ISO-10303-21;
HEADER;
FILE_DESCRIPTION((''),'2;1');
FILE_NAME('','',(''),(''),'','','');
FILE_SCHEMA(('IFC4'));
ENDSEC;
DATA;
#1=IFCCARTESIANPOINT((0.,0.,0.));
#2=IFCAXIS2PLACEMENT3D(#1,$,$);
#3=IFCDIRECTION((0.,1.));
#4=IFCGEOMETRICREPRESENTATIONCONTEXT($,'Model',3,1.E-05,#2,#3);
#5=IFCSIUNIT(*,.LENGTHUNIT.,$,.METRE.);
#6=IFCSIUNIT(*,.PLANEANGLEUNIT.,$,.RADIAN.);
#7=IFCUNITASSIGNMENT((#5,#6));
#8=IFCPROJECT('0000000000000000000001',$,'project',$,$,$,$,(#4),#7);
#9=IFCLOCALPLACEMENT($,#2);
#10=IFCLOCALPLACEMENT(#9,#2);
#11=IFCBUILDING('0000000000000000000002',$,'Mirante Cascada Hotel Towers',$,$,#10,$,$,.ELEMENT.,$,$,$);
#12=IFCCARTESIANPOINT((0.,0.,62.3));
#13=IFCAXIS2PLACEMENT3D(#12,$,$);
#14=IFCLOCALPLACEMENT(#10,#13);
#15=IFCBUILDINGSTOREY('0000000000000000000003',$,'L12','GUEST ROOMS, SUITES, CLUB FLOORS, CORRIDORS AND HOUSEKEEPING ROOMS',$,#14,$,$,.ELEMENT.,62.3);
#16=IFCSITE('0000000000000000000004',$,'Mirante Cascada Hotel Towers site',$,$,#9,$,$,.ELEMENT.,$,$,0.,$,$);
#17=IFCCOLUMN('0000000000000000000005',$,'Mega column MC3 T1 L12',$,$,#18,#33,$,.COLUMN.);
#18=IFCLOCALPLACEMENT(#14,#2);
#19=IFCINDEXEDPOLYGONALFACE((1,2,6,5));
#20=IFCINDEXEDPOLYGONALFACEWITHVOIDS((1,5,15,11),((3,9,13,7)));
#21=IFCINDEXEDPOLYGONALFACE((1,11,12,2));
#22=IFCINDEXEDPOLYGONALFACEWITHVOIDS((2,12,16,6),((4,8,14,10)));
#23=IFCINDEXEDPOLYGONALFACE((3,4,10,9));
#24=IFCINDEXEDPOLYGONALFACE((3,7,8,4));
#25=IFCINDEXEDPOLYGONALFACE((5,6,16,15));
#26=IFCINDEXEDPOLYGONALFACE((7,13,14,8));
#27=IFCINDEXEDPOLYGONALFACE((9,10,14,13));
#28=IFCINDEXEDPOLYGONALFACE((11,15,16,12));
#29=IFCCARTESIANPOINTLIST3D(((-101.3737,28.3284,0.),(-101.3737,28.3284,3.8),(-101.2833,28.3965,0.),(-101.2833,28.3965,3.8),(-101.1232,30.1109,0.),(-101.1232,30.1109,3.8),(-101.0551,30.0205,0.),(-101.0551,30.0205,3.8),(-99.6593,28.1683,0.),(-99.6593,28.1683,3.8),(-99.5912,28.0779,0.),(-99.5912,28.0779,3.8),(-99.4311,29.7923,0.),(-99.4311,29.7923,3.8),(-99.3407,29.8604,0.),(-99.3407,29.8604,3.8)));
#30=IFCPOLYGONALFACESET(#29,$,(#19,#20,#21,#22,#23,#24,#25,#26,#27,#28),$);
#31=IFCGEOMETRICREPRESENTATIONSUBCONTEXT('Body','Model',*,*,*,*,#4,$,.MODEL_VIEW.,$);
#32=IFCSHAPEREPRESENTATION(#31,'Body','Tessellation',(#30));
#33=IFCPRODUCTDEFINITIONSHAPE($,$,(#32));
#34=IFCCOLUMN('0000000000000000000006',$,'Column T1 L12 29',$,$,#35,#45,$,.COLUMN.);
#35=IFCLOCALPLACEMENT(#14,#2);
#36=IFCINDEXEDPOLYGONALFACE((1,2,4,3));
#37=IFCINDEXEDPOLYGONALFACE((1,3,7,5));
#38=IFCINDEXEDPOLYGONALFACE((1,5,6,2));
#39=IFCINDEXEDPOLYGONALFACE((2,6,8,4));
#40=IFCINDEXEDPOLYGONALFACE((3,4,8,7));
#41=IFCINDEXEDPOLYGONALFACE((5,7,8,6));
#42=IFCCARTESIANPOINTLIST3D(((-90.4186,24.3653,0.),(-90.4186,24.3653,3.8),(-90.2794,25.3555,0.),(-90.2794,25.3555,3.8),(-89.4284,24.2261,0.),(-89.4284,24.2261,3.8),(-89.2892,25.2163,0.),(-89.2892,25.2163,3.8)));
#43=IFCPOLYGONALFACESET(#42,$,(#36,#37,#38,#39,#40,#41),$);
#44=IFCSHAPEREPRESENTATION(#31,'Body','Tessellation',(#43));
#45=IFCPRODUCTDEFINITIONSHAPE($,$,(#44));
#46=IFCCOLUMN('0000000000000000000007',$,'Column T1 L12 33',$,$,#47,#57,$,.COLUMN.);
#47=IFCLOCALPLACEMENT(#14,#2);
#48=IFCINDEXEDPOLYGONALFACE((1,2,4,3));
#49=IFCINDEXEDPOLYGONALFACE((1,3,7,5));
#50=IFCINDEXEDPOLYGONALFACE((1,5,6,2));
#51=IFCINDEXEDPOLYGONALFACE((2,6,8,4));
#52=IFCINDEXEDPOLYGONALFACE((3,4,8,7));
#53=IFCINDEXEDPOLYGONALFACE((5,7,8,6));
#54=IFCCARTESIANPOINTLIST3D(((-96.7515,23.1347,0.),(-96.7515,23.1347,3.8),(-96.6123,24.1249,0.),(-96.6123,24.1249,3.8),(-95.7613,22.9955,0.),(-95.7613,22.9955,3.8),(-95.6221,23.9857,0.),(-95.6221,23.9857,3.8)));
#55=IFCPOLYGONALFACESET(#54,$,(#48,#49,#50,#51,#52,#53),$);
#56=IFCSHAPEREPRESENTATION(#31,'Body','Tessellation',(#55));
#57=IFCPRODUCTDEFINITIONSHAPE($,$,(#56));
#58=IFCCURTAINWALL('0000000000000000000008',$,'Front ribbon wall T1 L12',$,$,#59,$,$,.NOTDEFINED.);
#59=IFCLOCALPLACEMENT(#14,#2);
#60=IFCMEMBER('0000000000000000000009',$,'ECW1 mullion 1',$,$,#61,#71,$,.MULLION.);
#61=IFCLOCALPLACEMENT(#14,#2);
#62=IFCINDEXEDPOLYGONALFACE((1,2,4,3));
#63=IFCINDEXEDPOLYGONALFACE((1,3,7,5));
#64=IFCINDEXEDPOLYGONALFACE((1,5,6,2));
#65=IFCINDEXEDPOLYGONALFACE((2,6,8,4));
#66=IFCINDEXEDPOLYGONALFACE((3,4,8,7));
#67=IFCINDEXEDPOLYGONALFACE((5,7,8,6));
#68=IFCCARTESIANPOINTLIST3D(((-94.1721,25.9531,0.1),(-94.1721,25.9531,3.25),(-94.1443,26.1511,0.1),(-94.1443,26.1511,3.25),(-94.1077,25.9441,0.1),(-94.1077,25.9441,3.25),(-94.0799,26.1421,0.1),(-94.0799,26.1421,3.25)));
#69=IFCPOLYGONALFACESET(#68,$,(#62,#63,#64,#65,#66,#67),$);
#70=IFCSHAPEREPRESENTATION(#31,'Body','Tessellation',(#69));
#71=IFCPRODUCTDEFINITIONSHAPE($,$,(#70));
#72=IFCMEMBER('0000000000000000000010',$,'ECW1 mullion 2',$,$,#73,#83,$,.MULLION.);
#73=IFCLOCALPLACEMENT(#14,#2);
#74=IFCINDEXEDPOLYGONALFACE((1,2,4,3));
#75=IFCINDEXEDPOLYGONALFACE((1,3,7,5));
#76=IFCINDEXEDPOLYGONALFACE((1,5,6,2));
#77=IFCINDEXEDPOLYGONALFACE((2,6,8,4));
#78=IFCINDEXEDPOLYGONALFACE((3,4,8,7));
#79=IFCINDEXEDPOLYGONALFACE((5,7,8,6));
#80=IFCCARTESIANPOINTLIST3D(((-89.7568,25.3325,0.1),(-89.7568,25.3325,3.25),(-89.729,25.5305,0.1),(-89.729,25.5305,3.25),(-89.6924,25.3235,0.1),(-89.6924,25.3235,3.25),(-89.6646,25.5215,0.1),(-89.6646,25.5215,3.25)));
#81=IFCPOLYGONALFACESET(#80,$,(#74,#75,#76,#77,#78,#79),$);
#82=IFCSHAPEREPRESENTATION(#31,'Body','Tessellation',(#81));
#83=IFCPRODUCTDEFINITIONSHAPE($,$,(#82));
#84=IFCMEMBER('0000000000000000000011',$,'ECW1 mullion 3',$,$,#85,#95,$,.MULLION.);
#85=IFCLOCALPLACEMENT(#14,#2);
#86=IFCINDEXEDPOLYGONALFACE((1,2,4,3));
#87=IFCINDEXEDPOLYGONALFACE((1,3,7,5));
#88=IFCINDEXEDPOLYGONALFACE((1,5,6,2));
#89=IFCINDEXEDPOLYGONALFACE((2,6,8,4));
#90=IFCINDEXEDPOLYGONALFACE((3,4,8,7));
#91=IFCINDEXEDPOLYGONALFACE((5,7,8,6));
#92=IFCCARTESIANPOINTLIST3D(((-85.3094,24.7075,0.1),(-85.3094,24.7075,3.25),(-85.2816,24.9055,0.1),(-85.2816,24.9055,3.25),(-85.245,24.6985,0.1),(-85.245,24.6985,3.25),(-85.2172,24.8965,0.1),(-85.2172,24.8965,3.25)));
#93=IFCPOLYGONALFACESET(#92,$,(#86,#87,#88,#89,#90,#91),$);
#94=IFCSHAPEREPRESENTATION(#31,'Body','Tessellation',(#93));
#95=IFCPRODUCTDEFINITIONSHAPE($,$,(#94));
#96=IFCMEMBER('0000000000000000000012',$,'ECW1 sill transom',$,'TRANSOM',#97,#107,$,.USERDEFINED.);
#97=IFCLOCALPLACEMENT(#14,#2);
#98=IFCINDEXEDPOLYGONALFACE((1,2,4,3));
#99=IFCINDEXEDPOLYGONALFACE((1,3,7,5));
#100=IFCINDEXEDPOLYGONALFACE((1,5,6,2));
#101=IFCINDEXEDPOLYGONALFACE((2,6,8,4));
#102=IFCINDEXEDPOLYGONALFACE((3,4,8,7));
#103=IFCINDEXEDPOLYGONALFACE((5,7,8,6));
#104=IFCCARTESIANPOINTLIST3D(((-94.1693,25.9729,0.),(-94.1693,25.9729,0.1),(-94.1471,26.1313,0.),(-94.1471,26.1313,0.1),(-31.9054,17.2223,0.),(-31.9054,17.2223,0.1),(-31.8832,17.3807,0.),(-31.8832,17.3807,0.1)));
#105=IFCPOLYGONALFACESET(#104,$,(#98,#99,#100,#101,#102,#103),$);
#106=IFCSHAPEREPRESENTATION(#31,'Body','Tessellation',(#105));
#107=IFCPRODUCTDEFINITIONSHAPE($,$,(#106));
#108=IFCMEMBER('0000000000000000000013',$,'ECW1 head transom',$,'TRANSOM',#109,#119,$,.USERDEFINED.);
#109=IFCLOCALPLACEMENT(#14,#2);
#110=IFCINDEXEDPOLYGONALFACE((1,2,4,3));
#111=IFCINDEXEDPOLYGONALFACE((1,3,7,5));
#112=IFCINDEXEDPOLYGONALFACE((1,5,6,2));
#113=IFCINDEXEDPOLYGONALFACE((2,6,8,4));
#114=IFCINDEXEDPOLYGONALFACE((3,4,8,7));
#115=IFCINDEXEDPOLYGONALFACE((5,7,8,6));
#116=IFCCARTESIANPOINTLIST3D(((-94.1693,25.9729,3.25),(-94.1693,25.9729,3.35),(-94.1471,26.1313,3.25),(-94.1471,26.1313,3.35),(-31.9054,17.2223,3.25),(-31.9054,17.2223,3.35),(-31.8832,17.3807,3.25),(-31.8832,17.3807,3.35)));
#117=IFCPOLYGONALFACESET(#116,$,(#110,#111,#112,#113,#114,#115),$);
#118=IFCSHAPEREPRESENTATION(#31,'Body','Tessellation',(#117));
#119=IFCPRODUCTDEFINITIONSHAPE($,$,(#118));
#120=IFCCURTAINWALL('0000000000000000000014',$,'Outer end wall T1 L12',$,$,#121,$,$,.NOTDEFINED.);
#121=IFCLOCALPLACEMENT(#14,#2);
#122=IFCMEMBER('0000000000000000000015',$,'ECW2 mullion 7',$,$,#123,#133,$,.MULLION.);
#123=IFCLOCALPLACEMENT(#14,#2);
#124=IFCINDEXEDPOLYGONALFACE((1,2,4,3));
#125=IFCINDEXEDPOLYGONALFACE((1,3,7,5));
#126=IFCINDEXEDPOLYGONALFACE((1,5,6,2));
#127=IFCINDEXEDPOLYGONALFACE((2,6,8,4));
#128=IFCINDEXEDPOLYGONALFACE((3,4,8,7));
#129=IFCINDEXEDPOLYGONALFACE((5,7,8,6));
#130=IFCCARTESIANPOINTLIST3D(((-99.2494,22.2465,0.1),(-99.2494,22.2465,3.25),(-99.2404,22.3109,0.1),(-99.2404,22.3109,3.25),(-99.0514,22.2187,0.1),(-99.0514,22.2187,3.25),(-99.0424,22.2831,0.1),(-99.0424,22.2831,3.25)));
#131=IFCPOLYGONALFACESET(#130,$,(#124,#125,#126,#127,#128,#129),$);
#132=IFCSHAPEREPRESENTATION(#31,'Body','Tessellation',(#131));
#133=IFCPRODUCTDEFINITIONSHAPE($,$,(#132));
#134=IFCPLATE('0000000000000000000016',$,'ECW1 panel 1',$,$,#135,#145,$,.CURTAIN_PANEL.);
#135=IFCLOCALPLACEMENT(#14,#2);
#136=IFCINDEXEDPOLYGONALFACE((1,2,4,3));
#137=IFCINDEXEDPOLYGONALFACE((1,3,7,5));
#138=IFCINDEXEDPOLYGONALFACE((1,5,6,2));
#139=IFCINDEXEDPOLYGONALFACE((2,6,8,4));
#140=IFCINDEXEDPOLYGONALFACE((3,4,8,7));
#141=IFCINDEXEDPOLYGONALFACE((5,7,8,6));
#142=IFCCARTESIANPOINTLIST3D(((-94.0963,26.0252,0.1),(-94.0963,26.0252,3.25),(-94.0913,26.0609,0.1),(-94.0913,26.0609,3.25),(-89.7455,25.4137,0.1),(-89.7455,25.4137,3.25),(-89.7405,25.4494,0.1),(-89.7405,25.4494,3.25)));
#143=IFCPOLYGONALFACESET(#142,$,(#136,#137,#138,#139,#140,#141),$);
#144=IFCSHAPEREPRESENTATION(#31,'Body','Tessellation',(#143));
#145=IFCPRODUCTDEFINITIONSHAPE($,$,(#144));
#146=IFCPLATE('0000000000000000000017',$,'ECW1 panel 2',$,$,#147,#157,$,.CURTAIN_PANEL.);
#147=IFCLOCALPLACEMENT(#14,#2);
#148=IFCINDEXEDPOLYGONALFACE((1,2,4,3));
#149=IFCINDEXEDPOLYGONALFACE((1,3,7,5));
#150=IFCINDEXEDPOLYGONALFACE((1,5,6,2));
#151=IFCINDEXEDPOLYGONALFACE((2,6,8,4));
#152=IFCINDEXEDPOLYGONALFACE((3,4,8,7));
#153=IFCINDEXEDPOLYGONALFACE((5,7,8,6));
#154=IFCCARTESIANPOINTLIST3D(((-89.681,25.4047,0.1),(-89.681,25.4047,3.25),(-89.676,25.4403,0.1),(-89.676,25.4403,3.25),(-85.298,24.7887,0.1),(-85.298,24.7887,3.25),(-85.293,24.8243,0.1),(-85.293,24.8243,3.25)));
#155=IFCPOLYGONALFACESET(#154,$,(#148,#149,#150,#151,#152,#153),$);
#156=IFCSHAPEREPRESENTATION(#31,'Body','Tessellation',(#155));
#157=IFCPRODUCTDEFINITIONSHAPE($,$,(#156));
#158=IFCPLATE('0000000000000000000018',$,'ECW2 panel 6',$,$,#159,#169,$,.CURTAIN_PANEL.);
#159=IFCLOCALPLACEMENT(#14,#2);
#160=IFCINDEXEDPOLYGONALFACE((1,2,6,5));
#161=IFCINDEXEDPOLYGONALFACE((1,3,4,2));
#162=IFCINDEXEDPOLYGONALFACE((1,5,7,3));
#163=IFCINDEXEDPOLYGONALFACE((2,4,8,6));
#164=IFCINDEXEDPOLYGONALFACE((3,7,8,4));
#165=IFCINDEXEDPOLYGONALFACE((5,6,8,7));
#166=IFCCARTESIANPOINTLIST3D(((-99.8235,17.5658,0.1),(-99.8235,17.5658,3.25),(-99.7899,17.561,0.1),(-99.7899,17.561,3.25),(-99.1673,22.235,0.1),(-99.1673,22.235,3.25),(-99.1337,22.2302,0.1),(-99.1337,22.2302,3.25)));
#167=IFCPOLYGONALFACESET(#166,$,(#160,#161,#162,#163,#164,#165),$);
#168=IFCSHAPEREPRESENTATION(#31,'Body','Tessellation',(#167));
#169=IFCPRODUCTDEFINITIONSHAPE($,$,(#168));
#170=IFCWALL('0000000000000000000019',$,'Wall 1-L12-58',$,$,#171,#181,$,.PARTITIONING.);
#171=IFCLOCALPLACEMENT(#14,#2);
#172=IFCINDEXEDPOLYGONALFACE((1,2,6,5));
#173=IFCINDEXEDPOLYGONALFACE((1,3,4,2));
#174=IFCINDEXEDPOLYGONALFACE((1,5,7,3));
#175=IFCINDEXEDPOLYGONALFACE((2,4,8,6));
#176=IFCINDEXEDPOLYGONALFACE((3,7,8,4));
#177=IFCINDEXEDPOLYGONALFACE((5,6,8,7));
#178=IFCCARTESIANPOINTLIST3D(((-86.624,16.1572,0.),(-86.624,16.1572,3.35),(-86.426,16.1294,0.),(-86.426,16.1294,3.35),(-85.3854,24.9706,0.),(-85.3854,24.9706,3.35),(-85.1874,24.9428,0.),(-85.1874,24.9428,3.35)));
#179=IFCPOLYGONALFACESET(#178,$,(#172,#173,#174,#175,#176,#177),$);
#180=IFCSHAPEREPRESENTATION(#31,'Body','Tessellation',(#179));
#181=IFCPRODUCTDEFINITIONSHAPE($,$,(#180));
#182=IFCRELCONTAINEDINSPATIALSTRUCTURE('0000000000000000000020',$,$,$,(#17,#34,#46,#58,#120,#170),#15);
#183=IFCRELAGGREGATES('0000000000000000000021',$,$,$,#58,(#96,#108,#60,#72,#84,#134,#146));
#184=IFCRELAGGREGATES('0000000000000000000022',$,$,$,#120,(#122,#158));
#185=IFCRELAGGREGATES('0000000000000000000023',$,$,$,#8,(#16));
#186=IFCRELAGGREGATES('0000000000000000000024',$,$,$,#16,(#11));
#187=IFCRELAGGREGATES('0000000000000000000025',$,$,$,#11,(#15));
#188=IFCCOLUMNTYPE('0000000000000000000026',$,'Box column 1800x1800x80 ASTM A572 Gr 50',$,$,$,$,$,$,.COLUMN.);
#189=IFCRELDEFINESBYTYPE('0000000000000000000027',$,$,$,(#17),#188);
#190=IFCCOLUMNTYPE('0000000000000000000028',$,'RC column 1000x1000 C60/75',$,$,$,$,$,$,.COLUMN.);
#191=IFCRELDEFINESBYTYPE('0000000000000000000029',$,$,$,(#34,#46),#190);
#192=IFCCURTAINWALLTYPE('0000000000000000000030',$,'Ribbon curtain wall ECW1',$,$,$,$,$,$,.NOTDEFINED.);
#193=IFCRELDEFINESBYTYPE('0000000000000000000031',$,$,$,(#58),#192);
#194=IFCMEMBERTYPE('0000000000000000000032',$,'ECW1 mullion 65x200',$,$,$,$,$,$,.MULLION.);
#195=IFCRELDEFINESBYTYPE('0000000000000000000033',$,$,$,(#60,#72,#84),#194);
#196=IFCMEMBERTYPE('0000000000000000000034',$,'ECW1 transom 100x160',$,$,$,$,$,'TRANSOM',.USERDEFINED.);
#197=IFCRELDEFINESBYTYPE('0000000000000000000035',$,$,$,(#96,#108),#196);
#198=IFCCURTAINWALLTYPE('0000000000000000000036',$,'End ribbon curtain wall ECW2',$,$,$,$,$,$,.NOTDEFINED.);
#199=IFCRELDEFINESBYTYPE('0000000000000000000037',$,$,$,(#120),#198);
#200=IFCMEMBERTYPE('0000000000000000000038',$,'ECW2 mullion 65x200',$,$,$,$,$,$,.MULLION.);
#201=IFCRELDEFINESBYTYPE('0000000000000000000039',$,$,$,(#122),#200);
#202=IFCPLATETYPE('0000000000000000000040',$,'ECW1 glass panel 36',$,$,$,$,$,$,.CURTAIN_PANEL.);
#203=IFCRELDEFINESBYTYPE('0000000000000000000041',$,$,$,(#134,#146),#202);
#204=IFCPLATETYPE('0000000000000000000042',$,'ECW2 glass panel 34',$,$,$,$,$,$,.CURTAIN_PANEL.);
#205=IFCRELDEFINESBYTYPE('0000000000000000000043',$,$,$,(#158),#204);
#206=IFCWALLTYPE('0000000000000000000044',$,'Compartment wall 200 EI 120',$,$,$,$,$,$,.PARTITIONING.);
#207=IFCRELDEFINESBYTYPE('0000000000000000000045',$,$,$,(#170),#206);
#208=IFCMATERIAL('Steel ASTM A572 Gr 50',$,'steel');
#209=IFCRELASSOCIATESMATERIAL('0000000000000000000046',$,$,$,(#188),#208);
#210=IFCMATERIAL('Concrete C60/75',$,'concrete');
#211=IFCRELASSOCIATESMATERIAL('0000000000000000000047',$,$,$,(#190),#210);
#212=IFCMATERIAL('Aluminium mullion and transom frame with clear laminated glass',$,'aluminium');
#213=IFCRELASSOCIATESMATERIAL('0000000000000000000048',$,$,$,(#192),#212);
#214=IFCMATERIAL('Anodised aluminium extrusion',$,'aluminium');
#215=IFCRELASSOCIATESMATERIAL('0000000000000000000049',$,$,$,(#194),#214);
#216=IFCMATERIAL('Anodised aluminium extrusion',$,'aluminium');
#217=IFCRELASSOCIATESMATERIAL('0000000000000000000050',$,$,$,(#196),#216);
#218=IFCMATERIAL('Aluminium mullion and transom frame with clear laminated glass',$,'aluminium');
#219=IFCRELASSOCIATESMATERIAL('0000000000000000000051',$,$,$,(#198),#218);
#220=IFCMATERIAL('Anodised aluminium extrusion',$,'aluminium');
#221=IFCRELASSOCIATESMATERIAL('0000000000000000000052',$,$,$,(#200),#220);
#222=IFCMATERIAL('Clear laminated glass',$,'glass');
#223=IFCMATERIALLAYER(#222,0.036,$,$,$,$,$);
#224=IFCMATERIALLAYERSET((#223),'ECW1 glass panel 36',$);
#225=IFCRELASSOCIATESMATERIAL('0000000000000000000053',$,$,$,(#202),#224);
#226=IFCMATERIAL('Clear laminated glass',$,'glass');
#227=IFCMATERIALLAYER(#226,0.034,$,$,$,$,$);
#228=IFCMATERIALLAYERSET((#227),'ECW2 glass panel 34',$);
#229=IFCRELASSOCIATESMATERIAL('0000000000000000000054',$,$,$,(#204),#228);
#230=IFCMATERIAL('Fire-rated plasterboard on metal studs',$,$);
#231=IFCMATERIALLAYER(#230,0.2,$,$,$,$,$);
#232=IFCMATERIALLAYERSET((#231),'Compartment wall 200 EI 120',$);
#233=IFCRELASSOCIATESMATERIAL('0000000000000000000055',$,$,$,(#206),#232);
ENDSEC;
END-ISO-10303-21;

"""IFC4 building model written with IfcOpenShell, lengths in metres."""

from ifc_helpers import new_model, si_unit, direction, frame, frame_2d, origin, origin_2d, place, context, subcontext, project, spatial, rectangle, hollow_rectangle, extrude, material, layer, layer_set, material_profile, profile_set, type_object, element, aggregate, save


model = new_model("IFC4")

# Units and contexts
model_context = context("Model", 3, precision=1e-05, world=origin(), true_north=direction((0.0, 1.0)))
body_context = subcontext(model_context, "Body", "Model", "MODEL_VIEW")
ifc_project = project(units=[si_unit("LENGTHUNIT", "METRE"), si_unit("PLANEANGLEUNIT", "RADIAN")], contexts=[model_context])

# Site, building, storey
site_placement = place(None, origin())
site = spatial("IfcSite", under=ifc_project, at=site_placement, Name="Mirante Cascada Hotel Towers site", CompositionType="ELEMENT", RefElevation=0.0)
building_placement = place(site_placement, origin())
building = spatial("IfcBuilding", under=site, at=building_placement, Name="Mirante Cascada Hotel Towers", CompositionType="ELEMENT")
storey_placement = place(building_placement, frame((0.0, 0.0, 62.3)))
storey = spatial("IfcBuildingStorey", under=building, at=storey_placement, Name="L12", Description="GUEST ROOMS, SUITES, CLUB FLOORS, CORRIDORS AND HOUSEKEEPING ROOMS", CompositionType="ELEMENT", Elevation=62.3)

# Columns
ifc_material_1 = material(Name="Steel ASTM A572 Gr 50", Category="steel")
ifc_material_profile_1 = material_profile(ifc_material_1, hollow_rectangle(XDim=1.8, YDim=1.8, WallThickness=0.08, at=origin_2d()), Name="Box column 1800x1800x80 ASTM A572 Gr 50")
ifc_profile_set_1 = profile_set([ifc_material_profile_1], Name="Steel ASTM A572 Gr 50")
column_type_1 = type_object("IfcColumnType", Name="Box column 1800x1800x80 ASTM A572 Gr 50", PredefinedType="COLUMN", material=ifc_profile_set_1)
column_placement = place(storey_placement, frame((-100.3572, 29.0944, 0.0), z_axis=(0.0, 0.0, 1.0), x_axis=(-0.990268, 0.139173, 0.0)))
element("IfcColumn", 1, at=column_placement, inside=storey, type_object=column_type_1, Name="Mega column MC3 T1 L12", PredefinedType="COLUMN", context=body_context, shape_type="SweptSolid", body=[
    extrude(hollow_rectangle(XDim=1.8, YDim=1.8, WallThickness=0.08, at=origin_2d()), origin(), (0.0, 0.0, 1.0), 3.8),
])
ifc_material_2 = material(Name="Concrete C60/75", Category="concrete")
ifc_material_profile_2 = material_profile(ifc_material_2, rectangle(XDim=1.0, YDim=1.0, at=origin_2d()), Name="RC column 1000x1000 C60/75")
ifc_profile_set_2 = profile_set([ifc_material_profile_2], Name="Concrete C60/75")
column_type_2 = type_object("IfcColumnType", Name="RC column 1000x1000 C60/75", PredefinedType="COLUMN", material=ifc_profile_set_2)
for number, where, z_axis, x_axis, name in (
    (2, (-89.8539, 24.7908, 0.0), (0.0, 0.0, 1.0), (-0.990268, 0.139173, 0.0), "Column T1 L12 29"),
    (3, (-96.1868, 23.5602, 0.0), (0.0, 0.0, 1.0), (-0.990268, 0.139173, 0.0), "Column T1 L12 33"),
):
    element("IfcColumn", number, at=place(storey_placement, frame(where, z_axis=z_axis, x_axis=x_axis)), inside=storey, type_object=column_type_2, Name=name, PredefinedType="COLUMN", context=body_context, shape_type="SweptSolid", body=[
        extrude(rectangle(XDim=1.0, YDim=1.0, at=origin_2d()), origin(), (0.0, 0.0, 1.0), 3.8),
    ])

# Curtain wall, members
ifc_material_3 = material(Name="Aluminium mullion and transom frame with clear laminated glass", Category="aluminium")
curtain_wall_type_1 = type_object("IfcCurtainWallType", Name="Ribbon curtain wall ECW1", PredefinedType="NOTDEFINED", material=ifc_material_3)
curtain_wall_1_placement = place(storey_placement, origin())
curtain_wall_1 = element("IfcCurtainWall", 4, at=curtain_wall_1_placement, inside=storey, type_object=curtain_wall_type_1, Name="Front ribbon wall T1 L12", PredefinedType="NOTDEFINED")
ifc_material_4 = material(Name="Anodised aluminium extrusion", Category="aluminium")
ifc_material_profile_3 = material_profile(ifc_material_4, rectangle(XDim=0.2, YDim=0.065, at=origin_2d()), Name="ECW1 MULLION 65x200")
ifc_profile_set_3 = profile_set([ifc_material_profile_3], Name="Anodised aluminium extrusion")
member_type_1 = type_object("IfcMemberType", Name="ECW1 mullion 65x200", PredefinedType="MULLION", material=ifc_profile_set_3)
member_1_placement = place(storey_placement, frame((-94.126, 26.0476, 0.1), z_axis=(0.0, 0.0, 1.0), x_axis=(0.139173, 0.990268, 0.0)))
member_1 = element("IfcMember", 5, at=member_1_placement, type_object=member_type_1, Name="ECW1 mullion 1", PredefinedType="MULLION", context=body_context, shape_type="SweptSolid", body=[
    extrude(rectangle(XDim=0.2, YDim=0.065, at=origin_2d()), origin(), (0.0, 0.0, 1.0), 3.15),
])
member_2_placement = place(storey_placement, frame((-89.7107, 25.427, 0.1), z_axis=(0.0, 0.0, 1.0), x_axis=(0.139173, 0.990268, 0.0)))
member_2 = element("IfcMember", 6, at=member_2_placement, type_object=member_type_1, Name="ECW1 mullion 2", PredefinedType="MULLION", context=body_context, shape_type="SweptSolid", body=[
    extrude(rectangle(XDim=0.2, YDim=0.065, at=origin_2d()), origin(), (0.0, 0.0, 1.0), 3.15),
])
member_3_placement = place(storey_placement, frame((-85.2633, 24.802, 0.1), z_axis=(0.0, 0.0, 1.0), x_axis=(0.139173, 0.990268, 0.0)))
member_3 = element("IfcMember", 7, at=member_3_placement, type_object=member_type_1, Name="ECW1 mullion 3", PredefinedType="MULLION", context=body_context, shape_type="SweptSolid", body=[
    extrude(rectangle(XDim=0.2, YDim=0.065, at=origin_2d()), origin(), (0.0, 0.0, 1.0), 3.15),
])
ifc_material_5 = material(Name="Anodised aluminium extrusion", Category="aluminium")
ifc_material_profile_4 = material_profile(ifc_material_5, rectangle(XDim=0.16, YDim=0.1, at=origin_2d()), Name="ECW1 TRANSOM 100x160")
ifc_profile_set_4 = profile_set([ifc_material_profile_4], Name="Anodised aluminium extrusion")
member_type_2 = type_object("IfcMemberType", Name="ECW1 transom 100x160", ElementType="TRANSOM", PredefinedType="USERDEFINED", material=ifc_profile_set_4)
member_4_placement = place(storey_placement, frame((-94.1582, 26.0521, 0.05), z_axis=(0.990268, -0.139173, 0.0), x_axis=(0.139173, 0.990268, 0.0)))
member_4 = element("IfcMember", 8, at=member_4_placement, type_object=member_type_2, Name="ECW1 sill transom", ObjectType="TRANSOM", PredefinedType="USERDEFINED", context=body_context, shape_type="SweptSolid", body=[
    extrude(rectangle(XDim=0.16, YDim=0.1, at=origin_2d()), origin(), (0.0, 0.0, 1.0), 62.8758),
])
member_5_placement = place(storey_placement, frame((-94.1582, 26.0521, 3.3), z_axis=(0.990268, -0.139173, 0.0), x_axis=(0.139173, 0.990268, 0.0)))
member_5 = element("IfcMember", 9, at=member_5_placement, type_object=member_type_2, Name="ECW1 head transom", ObjectType="TRANSOM", PredefinedType="USERDEFINED", context=body_context, shape_type="SweptSolid", body=[
    extrude(rectangle(XDim=0.16, YDim=0.1, at=origin_2d()), origin(), (0.0, 0.0, 1.0), 62.8758),
])

# Curtain wall, member
ifc_material_6 = material(Name="Aluminium mullion and transom frame with clear laminated glass", Category="aluminium")
curtain_wall_type_2 = type_object("IfcCurtainWallType", Name="End ribbon curtain wall ECW2", PredefinedType="NOTDEFINED", material=ifc_material_6)
curtain_wall_2_placement = place(storey_placement, origin())
curtain_wall_2 = element("IfcCurtainWall", 10, at=curtain_wall_2_placement, inside=storey, type_object=curtain_wall_type_2, Name="Outer end wall T1 L12", PredefinedType="NOTDEFINED")
ifc_material_7 = material(Name="Anodised aluminium extrusion", Category="aluminium")
ifc_material_profile_5 = material_profile(ifc_material_7, rectangle(XDim=0.2, YDim=0.065, at=origin_2d()), Name="ECW2 MULLION 65x200")
ifc_profile_set_5 = profile_set([ifc_material_profile_5], Name="Anodised aluminium extrusion")
member_type_3 = type_object("IfcMemberType", Name="ECW2 mullion 65x200", PredefinedType="MULLION", material=ifc_profile_set_5)
member_6_placement = place(storey_placement, frame((-99.1459, 22.2648, 0.1), z_axis=(0.0, 0.0, 1.0), x_axis=(-0.990268, 0.139173, 0.0)))
member_6 = element("IfcMember", 11, at=member_6_placement, type_object=member_type_3, Name="ECW2 mullion 7", PredefinedType="MULLION", context=body_context, shape_type="SweptSolid", body=[
    extrude(rectangle(XDim=0.2, YDim=0.065, at=origin_2d()), origin(), (0.0, 0.0, 1.0), 3.15),
])

# Plates
ifc_material_8 = material(Name="Clear laminated glass", Category="glass")
ifc_layer_1 = layer(ifc_material_8, 0.036)
ifc_layer_set_1 = layer_set([ifc_layer_1], Name="ECW1 glass panel 36")
plate_type_1 = type_object("IfcPlateType", Name="ECW1 glass panel 36", PredefinedType="CURTAIN_PANEL", material=ifc_layer_set_1)
plate_1_placement = place(storey_placement, frame((-91.9184, 25.7373, 0.1), z_axis=(0.0, 0.0, 1.0), x_axis=(0.990268, -0.139173, 0.0)))
plate_1 = element("IfcPlate", 12, at=plate_1_placement, type_object=plate_type_1, Name="ECW1 panel 1", PredefinedType="CURTAIN_PANEL", context=body_context, shape_type="SweptSolid", body=[
    extrude(rectangle(XDim=4.3936, YDim=0.036, at=origin_2d()), origin(), (0.0, 0.0, 1.0), 3.15),
])
plate_2_placement = place(storey_placement, frame((-87.487, 25.1145, 0.1), z_axis=(0.0, 0.0, 1.0), x_axis=(0.990268, -0.139173, 0.0)))
plate_2 = element("IfcPlate", 13, at=plate_2_placement, type_object=plate_type_1, Name="ECW1 panel 2", PredefinedType="CURTAIN_PANEL", context=body_context, shape_type="SweptSolid", body=[
    extrude(rectangle(XDim=4.4261, YDim=0.036, at=origin_2d()), origin(), (0.0, 0.0, 1.0), 3.15),
])
aggregate(curtain_wall_1, [member_4, member_5, member_1, member_2, member_3, plate_1, plate_2])
ifc_material_9 = material(Name="Clear laminated glass", Category="glass")
ifc_layer_2 = layer(ifc_material_9, 0.034)
ifc_layer_set_2 = layer_set([ifc_layer_2], Name="ECW2 glass panel 34")
plate_type_2 = type_object("IfcPlateType", Name="ECW2 glass panel 34", PredefinedType="CURTAIN_PANEL", material=ifc_layer_set_2)
plate_3_placement = place(storey_placement, frame((-99.4786, 19.898, 0.1), z_axis=(0.0, 0.0, 1.0), x_axis=(0.139173, 0.990268, 0.0)))
plate_3 = element("IfcPlate", 14, at=plate_3_placement, type_object=plate_type_2, Name="ECW2 panel 6", PredefinedType="CURTAIN_PANEL", context=body_context, shape_type="SweptSolid", body=[
    extrude(rectangle(XDim=4.7151, YDim=0.034, at=origin_2d()), origin(), (0.0, 0.0, 1.0), 3.15),
])
aggregate(curtain_wall_2, [member_6, plate_3])

# Wall
ifc_material_10 = material(Name="Fire-rated plasterboard on metal studs")
ifc_layer_3 = layer(ifc_material_10, 0.2)
ifc_layer_set_3 = layer_set([ifc_layer_3], Name="Compartment wall 200 EI 120")
wall_type_1 = type_object("IfcWallType", Name="Compartment wall 200 EI 120", PredefinedType="PARTITIONING", material=ifc_layer_set_3)
wall_1_placement = place(storey_placement, frame((-85.2864, 24.9567, 0.0), z_axis=(0.0, 0.0, 1.0), x_axis=(-0.139168, -0.990269, 0.0)))
element("IfcWall", 15, at=wall_1_placement, inside=storey, type_object=wall_type_1, Name="Wall 1-L12-58", PredefinedType="PARTITIONING", context=body_context, shape_type="SweptSolid", body=[
    extrude(rectangle(XDim=8.9, YDim=0.2, at=frame_2d((4.45, 0.0))), origin(), (0.0, 0.0, 1.0), 3.35),
])

save(model, "model.ifc")
